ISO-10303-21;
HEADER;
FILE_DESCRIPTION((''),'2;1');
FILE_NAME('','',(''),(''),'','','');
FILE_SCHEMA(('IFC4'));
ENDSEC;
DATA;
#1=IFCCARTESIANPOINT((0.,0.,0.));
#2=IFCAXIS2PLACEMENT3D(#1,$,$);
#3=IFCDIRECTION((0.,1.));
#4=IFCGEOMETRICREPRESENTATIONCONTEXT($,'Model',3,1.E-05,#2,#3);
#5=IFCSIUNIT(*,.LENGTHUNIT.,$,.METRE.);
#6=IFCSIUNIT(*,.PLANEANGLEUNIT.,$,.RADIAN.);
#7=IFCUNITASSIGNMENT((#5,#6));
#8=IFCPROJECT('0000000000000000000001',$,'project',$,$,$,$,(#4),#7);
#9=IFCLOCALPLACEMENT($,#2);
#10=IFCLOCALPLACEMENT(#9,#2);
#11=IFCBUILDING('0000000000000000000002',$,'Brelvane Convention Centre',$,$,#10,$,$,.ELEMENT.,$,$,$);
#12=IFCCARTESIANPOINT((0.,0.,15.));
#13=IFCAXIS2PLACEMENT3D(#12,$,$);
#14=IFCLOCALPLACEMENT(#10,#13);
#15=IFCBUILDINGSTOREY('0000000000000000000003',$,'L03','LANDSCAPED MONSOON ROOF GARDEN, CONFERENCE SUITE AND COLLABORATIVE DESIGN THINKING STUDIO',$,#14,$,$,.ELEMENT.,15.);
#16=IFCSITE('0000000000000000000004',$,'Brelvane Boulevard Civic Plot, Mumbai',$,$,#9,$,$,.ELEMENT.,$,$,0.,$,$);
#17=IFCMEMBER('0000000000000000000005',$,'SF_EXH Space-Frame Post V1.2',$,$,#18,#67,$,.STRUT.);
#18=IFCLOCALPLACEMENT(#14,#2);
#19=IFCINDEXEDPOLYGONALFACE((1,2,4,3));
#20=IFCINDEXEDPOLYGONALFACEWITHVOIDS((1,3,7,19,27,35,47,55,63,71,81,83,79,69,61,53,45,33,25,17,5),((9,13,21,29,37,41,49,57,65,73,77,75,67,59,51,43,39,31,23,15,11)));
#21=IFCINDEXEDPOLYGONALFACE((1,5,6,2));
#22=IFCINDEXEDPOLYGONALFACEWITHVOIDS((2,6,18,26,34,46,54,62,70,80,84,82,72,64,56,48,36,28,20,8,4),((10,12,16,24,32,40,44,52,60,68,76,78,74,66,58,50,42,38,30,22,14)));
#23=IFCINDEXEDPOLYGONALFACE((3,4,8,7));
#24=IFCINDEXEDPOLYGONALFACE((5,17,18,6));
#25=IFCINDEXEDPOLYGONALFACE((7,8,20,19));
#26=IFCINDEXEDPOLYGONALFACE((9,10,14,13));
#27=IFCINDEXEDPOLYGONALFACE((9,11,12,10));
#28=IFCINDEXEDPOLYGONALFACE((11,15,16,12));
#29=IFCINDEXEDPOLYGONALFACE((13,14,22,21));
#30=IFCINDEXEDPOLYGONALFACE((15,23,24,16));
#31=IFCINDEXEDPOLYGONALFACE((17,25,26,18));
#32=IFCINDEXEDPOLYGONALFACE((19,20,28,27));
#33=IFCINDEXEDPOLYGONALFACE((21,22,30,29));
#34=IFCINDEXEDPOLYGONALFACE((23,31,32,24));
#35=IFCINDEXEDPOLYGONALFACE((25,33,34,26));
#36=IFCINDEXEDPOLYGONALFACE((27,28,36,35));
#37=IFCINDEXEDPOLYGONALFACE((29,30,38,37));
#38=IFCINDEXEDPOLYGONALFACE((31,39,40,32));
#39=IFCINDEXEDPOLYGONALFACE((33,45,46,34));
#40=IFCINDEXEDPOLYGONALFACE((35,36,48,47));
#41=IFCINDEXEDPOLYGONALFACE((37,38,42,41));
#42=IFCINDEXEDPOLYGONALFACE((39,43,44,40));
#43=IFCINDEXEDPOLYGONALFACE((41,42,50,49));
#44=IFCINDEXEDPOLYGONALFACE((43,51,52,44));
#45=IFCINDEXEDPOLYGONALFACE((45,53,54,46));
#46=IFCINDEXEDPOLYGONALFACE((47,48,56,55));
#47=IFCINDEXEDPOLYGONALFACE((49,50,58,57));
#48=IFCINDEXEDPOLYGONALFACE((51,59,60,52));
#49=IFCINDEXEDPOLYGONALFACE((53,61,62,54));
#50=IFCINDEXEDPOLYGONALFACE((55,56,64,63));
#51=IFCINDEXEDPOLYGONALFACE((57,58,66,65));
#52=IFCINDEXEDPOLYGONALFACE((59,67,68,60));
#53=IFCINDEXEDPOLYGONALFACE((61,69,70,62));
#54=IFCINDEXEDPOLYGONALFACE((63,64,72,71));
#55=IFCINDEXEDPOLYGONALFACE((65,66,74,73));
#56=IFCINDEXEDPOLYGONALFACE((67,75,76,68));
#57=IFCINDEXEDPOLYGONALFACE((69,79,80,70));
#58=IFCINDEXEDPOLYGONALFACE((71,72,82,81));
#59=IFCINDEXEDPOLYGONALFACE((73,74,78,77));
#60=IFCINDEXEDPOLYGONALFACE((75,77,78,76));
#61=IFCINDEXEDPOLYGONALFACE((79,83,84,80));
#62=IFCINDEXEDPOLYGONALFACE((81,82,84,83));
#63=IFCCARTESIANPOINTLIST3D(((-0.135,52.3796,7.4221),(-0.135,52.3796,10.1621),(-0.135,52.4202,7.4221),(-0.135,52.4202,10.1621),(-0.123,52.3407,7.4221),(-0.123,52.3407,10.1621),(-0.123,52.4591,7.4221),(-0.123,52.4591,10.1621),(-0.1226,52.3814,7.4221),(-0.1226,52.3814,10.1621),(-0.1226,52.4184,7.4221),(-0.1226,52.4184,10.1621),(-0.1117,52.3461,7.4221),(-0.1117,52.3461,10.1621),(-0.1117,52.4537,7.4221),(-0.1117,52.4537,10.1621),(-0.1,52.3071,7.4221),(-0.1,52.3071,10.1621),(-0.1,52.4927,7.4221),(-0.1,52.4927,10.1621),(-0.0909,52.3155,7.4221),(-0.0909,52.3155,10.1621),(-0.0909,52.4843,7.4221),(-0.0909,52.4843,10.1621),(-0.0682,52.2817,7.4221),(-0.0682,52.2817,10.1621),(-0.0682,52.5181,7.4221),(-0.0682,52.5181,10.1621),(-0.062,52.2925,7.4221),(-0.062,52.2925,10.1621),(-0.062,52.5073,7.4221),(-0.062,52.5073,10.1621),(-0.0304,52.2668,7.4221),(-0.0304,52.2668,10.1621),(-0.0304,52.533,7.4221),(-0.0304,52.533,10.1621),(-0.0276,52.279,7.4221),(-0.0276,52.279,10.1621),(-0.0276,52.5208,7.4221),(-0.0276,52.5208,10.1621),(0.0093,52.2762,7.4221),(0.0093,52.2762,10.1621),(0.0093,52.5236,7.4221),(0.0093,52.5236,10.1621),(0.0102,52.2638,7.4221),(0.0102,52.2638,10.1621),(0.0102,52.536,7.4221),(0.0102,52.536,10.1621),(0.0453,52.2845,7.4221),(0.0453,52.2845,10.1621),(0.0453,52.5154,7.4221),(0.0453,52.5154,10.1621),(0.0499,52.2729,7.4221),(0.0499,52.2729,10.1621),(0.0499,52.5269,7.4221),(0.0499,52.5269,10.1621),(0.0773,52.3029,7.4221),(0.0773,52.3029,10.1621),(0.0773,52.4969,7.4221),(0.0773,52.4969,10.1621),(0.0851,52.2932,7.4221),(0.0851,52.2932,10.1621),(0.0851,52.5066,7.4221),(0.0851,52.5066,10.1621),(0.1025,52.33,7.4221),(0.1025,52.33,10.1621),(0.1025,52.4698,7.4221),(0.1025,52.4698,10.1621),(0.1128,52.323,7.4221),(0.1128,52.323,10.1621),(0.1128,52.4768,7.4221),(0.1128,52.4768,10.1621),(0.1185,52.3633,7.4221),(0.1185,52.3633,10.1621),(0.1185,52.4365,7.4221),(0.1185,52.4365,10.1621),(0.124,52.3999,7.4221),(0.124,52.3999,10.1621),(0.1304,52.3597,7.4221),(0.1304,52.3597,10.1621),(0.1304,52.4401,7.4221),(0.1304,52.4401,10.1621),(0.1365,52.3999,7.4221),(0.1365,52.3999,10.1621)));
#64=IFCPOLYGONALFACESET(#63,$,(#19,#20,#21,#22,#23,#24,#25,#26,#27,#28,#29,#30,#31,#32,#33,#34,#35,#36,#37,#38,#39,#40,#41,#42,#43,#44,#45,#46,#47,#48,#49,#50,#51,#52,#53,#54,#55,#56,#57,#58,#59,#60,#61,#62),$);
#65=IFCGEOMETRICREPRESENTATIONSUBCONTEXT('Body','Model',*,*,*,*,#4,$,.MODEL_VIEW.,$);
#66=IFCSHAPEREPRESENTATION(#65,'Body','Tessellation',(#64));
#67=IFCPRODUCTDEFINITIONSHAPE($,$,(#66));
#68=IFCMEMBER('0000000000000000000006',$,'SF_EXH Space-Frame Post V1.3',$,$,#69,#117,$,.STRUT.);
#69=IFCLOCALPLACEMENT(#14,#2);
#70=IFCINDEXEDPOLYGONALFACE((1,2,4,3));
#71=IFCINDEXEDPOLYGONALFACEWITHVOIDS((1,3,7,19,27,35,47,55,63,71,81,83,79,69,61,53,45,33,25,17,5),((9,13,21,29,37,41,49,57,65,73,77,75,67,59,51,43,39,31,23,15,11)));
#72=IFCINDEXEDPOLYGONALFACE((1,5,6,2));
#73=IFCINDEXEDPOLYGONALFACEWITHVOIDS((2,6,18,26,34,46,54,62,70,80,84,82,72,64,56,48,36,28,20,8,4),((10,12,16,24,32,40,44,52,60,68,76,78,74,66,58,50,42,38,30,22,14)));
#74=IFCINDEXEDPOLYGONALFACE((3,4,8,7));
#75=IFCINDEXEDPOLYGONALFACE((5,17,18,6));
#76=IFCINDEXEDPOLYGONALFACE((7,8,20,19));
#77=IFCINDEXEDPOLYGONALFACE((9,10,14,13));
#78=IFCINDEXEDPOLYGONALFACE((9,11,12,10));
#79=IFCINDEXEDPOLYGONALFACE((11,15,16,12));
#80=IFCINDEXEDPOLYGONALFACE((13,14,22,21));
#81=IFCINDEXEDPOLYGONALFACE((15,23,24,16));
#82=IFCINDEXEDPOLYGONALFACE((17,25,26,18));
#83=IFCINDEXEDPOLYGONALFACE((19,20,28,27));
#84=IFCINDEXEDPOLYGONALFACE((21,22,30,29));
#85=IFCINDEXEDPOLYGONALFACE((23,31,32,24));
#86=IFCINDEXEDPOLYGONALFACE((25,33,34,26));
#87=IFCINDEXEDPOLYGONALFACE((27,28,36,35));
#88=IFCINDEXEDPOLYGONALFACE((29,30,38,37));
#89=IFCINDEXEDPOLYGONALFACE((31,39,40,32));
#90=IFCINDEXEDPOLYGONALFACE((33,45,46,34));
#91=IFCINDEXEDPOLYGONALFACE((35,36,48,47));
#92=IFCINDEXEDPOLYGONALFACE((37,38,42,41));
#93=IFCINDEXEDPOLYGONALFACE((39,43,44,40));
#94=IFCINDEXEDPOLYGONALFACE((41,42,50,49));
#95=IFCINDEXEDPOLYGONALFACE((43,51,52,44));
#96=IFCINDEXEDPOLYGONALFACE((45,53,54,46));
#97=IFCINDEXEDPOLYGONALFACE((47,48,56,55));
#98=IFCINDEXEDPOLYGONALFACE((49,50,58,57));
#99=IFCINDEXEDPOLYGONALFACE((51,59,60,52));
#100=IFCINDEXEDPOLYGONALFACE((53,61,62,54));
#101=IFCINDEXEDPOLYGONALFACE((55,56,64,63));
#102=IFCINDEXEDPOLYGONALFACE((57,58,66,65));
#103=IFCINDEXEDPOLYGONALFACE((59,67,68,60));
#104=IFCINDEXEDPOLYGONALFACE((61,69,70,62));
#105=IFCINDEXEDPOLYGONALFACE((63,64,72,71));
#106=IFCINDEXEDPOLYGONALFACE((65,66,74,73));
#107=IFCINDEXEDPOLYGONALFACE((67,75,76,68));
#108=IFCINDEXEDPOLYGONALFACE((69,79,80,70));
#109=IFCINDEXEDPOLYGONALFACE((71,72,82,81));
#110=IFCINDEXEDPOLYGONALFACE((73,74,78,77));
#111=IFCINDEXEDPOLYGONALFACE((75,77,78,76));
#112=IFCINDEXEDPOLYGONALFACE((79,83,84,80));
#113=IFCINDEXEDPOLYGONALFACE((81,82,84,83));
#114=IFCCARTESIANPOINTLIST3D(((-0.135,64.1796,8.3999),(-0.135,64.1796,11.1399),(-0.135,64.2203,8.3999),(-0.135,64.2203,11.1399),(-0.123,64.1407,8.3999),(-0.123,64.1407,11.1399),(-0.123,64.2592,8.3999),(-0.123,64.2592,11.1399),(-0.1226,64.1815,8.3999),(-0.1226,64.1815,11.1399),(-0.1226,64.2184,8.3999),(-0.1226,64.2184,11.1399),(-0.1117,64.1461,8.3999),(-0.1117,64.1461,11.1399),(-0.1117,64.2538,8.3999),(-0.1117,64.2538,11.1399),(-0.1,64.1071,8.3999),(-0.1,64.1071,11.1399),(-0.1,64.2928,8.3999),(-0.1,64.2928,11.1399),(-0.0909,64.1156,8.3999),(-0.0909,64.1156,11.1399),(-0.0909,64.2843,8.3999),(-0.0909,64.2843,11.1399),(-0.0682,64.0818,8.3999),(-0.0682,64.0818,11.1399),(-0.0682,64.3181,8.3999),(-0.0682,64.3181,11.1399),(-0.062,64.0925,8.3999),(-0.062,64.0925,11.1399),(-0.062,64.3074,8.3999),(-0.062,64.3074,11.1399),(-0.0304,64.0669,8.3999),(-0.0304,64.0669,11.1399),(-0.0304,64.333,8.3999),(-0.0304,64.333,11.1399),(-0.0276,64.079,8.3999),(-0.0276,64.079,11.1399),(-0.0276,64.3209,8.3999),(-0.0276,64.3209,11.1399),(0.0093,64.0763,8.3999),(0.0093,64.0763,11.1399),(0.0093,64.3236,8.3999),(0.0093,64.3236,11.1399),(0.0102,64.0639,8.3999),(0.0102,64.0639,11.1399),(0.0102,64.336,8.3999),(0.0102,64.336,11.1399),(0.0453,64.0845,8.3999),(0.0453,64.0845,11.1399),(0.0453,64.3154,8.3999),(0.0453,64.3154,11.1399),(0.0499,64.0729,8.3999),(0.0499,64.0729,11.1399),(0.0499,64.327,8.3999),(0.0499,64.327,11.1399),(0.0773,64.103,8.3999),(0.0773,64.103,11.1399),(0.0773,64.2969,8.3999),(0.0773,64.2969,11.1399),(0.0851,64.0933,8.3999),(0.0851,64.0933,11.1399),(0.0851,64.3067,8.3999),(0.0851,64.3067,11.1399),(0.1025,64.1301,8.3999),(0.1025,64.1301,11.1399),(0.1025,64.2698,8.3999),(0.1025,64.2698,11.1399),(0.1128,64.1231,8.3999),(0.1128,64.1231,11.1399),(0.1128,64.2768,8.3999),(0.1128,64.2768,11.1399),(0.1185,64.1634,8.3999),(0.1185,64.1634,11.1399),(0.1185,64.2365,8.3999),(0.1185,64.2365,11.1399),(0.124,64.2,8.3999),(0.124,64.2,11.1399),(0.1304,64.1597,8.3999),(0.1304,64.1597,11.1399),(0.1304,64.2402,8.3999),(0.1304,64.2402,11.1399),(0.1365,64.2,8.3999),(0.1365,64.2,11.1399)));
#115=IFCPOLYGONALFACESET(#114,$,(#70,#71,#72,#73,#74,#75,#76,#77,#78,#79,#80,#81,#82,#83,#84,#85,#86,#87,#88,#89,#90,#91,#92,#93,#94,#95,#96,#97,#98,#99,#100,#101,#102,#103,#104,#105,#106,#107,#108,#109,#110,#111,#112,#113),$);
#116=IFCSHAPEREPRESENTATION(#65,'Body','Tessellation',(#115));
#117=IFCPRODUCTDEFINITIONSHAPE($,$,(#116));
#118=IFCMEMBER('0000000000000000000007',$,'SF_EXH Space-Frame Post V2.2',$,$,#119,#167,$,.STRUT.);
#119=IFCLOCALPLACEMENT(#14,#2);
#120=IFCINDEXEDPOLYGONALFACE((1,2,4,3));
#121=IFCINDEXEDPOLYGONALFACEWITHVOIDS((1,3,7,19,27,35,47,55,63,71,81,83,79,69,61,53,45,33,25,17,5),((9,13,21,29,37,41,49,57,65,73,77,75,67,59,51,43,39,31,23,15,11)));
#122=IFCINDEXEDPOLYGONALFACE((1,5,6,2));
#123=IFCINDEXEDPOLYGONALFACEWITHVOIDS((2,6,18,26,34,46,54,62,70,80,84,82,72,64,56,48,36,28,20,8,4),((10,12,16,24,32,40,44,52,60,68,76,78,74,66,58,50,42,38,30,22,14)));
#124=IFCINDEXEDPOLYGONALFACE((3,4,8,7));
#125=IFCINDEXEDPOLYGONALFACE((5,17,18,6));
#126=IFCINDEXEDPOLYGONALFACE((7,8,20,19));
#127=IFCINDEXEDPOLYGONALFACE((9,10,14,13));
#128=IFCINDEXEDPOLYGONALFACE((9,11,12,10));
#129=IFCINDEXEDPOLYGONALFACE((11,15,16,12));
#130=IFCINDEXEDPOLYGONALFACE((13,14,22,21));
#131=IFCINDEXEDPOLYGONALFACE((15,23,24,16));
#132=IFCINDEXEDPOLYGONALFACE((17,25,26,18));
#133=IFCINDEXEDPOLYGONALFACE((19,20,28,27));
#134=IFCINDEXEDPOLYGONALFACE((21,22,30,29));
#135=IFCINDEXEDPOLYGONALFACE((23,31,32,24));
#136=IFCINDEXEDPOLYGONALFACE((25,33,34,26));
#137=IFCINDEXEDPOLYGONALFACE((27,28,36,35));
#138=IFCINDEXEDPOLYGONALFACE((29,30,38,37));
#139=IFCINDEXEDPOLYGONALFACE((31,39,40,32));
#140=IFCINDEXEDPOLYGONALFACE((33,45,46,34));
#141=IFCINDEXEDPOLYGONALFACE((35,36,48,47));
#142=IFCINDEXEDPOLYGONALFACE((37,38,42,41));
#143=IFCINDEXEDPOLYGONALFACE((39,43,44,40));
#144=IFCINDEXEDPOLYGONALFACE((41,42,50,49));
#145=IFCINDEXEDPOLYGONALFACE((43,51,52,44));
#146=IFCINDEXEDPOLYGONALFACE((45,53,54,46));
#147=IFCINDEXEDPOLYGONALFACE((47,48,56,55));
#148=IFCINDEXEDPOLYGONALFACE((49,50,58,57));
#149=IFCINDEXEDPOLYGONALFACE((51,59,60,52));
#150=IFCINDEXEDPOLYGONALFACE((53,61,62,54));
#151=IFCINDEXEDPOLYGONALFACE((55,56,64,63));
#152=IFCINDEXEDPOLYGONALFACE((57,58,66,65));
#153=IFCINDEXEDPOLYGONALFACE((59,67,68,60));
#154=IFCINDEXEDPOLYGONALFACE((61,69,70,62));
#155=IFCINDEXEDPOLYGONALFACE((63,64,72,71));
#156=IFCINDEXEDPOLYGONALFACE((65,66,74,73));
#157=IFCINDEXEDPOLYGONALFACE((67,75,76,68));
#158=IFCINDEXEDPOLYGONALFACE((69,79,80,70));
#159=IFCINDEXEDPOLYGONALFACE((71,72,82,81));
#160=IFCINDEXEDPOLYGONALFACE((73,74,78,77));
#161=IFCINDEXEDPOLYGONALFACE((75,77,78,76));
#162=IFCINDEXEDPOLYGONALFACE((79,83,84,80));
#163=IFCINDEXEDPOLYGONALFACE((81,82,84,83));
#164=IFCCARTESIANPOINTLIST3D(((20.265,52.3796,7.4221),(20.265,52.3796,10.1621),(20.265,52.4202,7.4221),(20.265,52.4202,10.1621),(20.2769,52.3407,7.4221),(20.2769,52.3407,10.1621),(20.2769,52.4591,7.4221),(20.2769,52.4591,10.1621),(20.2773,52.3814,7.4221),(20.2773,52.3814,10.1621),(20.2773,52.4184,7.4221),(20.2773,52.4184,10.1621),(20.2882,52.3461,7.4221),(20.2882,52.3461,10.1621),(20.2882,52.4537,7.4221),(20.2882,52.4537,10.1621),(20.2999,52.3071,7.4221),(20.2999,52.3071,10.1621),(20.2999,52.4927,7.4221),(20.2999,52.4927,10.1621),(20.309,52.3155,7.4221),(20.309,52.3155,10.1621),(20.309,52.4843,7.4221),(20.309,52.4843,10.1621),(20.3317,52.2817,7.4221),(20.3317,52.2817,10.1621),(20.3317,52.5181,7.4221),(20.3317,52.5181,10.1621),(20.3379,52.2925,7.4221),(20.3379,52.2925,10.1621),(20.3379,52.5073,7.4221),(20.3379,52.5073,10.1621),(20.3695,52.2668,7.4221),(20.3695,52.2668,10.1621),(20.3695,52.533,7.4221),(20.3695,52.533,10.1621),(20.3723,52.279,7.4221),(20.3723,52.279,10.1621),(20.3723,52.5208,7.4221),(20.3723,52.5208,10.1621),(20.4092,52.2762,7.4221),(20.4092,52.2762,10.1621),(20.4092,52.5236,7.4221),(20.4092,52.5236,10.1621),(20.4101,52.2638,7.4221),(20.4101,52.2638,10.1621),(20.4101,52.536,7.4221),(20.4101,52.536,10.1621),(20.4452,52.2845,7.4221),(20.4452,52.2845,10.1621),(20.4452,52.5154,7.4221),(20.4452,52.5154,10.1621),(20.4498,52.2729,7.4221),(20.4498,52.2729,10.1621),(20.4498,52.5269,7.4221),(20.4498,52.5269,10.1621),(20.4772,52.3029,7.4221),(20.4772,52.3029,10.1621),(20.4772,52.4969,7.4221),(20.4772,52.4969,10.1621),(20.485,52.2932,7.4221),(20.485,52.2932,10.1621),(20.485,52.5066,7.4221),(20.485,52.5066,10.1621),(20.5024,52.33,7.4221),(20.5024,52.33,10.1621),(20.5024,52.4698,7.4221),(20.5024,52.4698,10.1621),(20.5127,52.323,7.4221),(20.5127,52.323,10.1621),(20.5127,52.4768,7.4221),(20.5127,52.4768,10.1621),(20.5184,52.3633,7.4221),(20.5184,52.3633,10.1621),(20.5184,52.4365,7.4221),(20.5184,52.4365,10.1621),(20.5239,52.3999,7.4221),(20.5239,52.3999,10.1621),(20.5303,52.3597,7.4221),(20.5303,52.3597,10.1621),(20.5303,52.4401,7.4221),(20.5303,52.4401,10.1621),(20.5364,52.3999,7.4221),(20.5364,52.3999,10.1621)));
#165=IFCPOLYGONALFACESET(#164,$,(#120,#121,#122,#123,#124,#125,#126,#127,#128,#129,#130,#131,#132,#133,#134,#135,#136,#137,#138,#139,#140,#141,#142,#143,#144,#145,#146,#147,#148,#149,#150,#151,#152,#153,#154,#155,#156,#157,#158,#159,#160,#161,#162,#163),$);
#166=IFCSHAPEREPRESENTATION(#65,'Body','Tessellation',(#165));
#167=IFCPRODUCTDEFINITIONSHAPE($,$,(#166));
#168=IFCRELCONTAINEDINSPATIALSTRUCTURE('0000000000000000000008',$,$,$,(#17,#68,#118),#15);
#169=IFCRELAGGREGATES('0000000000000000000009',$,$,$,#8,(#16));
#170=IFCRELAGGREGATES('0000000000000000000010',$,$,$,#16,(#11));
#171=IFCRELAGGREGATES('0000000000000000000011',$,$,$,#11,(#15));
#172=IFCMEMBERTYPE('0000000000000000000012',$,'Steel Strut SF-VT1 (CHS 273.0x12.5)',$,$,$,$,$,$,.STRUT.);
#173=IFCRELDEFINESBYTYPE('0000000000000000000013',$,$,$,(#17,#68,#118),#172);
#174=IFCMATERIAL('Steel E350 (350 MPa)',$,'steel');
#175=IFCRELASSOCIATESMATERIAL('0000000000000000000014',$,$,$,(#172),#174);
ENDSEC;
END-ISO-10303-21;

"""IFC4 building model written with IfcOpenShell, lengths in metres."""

from ifc_helpers import new_model, si_unit, direction, frame, origin, origin_2d, place, context, subcontext, project, spatial, hollow_circle, extrude, material, material_profile, profile_set, type_object, element, save


model = new_model("IFC4")

# Units and contexts
model_context = context("Model", 3, precision=1e-05, world=origin(), true_north=direction((0.0, 1.0)))
body_context = subcontext(model_context, "Body", "Model", "MODEL_VIEW")
ifc_project = project(units=[si_unit("LENGTHUNIT", "METRE"), si_unit("PLANEANGLEUNIT", "RADIAN")], contexts=[model_context])

# Site, building, storey
site_placement = place(None, origin())
site = spatial("IfcSite", under=ifc_project, at=site_placement, Name="Brelvane Boulevard Civic Plot, Mumbai", CompositionType="ELEMENT", RefElevation=0.0)
building_placement = place(site_placement, origin())
building = spatial("IfcBuilding", under=site, at=building_placement, Name="Brelvane Convention Centre", CompositionType="ELEMENT")
storey_placement = place(building_placement, frame((0.0, 0.0, 15.0)))
storey = spatial("IfcBuildingStorey", under=building, at=storey_placement, Name="L03", Description="LANDSCAPED MONSOON ROOF GARDEN, CONFERENCE SUITE AND COLLABORATIVE DESIGN THINKING STUDIO", CompositionType="ELEMENT", Elevation=15.0)

# Members
ifc_material_1 = material(Name="Steel E350 (350 MPa)", Category="steel")
ifc_material_profile_1 = material_profile(ifc_material_1, hollow_circle(Radius=0.1365, WallThickness=0.0125, at=origin_2d()), Name="CHS 273.0x12.5")
ifc_profile_set_1 = profile_set([ifc_material_profile_1], Name="Steel E350 (350 MPa)")
member_type_1 = type_object("IfcMemberType", Name="Steel Strut SF-VT1 (CHS 273.0x12.5)", PredefinedType="STRUT", material=ifc_profile_set_1)
for number, where, z_axis, x_axis, name in (
    (1, (0.0, 52.3999, 7.4221), (0.0, 0.0, 1.0), (1.0, 0.0, 0.0), "SF_EXH Space-Frame Post V1.2"),
    (2, (0.0, 64.2, 8.3999), (0.0, 0.0, 1.0), (1.0, 0.0, 0.0), "SF_EXH Space-Frame Post V1.3"),
    (3, (20.3999, 52.3999, 7.4221), (0.0, 0.0, 1.0), (1.0, 0.0, 0.0), "SF_EXH Space-Frame Post V2.2"),
):
    element("IfcMember", number, at=place(storey_placement, frame(where, z_axis=z_axis, x_axis=x_axis)), inside=storey, type_object=member_type_1, Name=name, PredefinedType="STRUT", context=body_context, shape_type="SweptSolid", body=[
        extrude(hollow_circle(Radius=0.1365, WallThickness=0.0125, at=origin_2d()), origin(), (0.0, 0.0, 1.0), 2.74),
    ])

save(model, "model.ifc")
